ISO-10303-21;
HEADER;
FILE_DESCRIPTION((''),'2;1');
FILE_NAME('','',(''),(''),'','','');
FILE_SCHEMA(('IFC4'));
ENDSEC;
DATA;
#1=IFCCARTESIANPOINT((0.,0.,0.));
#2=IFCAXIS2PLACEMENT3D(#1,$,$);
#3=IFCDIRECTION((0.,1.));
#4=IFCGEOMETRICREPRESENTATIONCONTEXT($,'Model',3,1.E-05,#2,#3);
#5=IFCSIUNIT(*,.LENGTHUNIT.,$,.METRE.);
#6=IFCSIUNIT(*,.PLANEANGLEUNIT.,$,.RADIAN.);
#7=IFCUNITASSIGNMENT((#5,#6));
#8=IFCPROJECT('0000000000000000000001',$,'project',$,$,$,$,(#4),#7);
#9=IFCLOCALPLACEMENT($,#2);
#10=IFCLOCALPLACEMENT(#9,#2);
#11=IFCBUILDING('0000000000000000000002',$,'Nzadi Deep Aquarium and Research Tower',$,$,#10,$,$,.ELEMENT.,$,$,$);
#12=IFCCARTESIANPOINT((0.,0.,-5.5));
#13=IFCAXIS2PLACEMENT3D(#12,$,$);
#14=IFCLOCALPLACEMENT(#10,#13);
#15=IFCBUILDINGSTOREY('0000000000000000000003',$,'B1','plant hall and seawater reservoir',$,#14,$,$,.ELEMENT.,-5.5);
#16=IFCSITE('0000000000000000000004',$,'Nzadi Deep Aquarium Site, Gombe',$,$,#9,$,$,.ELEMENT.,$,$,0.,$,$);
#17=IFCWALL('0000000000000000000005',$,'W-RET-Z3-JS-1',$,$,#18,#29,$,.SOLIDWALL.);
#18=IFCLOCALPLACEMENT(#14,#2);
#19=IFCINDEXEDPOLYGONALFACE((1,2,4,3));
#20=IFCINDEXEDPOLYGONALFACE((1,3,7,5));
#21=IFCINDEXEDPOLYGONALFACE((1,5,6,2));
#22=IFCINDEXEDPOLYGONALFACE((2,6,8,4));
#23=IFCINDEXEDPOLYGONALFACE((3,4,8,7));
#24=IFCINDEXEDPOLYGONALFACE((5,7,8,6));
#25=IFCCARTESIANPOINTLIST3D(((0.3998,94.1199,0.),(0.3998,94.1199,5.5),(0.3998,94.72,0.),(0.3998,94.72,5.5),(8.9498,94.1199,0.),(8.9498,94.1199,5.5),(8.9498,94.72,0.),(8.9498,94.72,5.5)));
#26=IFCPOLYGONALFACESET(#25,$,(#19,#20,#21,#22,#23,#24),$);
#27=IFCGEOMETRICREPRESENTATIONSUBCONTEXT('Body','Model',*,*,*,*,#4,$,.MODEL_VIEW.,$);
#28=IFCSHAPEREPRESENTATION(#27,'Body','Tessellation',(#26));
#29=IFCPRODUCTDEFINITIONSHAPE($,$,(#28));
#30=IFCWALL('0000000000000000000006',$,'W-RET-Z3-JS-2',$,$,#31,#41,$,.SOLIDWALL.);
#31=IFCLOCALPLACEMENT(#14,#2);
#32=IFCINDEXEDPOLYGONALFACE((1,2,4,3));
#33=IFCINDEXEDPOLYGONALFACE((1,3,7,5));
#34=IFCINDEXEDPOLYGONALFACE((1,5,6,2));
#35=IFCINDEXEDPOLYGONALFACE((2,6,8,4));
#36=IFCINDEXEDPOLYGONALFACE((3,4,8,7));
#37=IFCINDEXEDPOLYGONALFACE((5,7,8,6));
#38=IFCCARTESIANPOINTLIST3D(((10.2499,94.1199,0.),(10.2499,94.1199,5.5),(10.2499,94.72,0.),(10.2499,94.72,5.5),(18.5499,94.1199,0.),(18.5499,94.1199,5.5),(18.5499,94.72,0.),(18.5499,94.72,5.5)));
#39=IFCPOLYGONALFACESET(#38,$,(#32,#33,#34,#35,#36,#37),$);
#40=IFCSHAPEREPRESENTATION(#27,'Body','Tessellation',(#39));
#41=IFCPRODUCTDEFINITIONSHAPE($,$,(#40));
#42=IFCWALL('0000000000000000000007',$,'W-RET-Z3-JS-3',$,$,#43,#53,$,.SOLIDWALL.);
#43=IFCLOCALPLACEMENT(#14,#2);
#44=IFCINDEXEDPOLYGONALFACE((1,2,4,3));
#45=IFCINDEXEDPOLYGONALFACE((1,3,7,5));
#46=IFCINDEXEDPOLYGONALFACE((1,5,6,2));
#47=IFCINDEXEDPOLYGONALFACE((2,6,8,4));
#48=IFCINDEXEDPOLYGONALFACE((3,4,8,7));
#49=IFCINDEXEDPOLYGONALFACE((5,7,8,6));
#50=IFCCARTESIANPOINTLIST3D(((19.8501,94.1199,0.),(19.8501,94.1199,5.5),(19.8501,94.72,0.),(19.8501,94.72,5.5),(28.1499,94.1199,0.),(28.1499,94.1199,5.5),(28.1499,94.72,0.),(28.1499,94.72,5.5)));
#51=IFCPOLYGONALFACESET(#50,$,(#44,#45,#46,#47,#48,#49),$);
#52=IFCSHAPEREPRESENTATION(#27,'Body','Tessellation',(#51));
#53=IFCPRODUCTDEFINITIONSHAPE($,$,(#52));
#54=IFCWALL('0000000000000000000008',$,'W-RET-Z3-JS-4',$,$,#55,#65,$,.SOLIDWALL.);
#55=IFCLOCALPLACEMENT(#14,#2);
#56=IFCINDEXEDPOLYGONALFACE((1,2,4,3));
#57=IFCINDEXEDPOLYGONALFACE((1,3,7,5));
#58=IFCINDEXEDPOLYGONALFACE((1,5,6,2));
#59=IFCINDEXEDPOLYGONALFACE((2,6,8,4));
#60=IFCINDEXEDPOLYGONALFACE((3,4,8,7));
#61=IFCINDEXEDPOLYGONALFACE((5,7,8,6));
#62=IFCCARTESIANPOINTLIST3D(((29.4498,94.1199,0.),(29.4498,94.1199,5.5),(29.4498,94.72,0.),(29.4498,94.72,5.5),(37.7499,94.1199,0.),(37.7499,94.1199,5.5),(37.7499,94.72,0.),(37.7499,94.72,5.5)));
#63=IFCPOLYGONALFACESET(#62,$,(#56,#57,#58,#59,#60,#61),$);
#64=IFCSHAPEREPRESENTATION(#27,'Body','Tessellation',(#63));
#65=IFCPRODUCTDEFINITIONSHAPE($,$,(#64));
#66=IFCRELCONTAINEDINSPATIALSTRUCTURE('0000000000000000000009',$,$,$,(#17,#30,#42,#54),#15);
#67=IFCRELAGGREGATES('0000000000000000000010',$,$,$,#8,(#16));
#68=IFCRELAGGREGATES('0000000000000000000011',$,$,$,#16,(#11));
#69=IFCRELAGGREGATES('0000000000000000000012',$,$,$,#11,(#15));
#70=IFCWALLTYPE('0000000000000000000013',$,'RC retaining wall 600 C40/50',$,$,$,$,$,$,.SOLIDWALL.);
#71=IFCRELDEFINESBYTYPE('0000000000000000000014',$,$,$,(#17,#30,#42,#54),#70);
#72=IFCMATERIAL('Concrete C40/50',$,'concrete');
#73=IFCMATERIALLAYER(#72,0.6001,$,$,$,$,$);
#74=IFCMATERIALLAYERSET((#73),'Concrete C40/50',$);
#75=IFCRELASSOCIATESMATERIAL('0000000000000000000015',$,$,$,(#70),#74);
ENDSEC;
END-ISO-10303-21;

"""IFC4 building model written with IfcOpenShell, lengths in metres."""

from ifc_helpers import new_model, si_unit, direction, frame, frame_2d, origin, place, context, subcontext, project, spatial, rectangle, extrude, material, layer, layer_set, type_object, element, save


model = new_model("IFC4")

# Units and contexts
model_context = context("Model", 3, precision=1e-05, world=origin(), true_north=direction((0.0, 1.0)))
body_context = subcontext(model_context, "Body", "Model", "MODEL_VIEW")
ifc_project = project(units=[si_unit("LENGTHUNIT", "METRE"), si_unit("PLANEANGLEUNIT", "RADIAN")], contexts=[model_context])

# Site, building, storey
site_placement = place(None, origin())
site = spatial("IfcSite", under=ifc_project, at=site_placement, Name="Nzadi Deep Aquarium Site, Gombe", CompositionType="ELEMENT", RefElevation=0.0)
building_placement = place(site_placement, origin())
building = spatial("IfcBuilding", under=site, at=building_placement, Name="Nzadi Deep Aquarium and Research Tower", CompositionType="ELEMENT")
storey_placement = place(building_placement, frame((0.0, 0.0, -5.5)))
storey = spatial("IfcBuildingStorey", under=building, at=storey_placement, Name="B1", Description="plant hall and seawater reservoir", CompositionType="ELEMENT", Elevation=-5.5)

# Walls
ifc_material_1 = material(Name="Concrete C40/50", Category="concrete")
ifc_layer_1 = layer(ifc_material_1, 0.6001)
ifc_layer_set_1 = layer_set([ifc_layer_1], Name="Concrete C40/50")
wall_type_1 = type_object("IfcWallType", Name="RC retaining wall 600 C40/50", PredefinedType="SOLIDWALL", material=ifc_layer_set_1)
wall_1_placement = place(storey_placement, frame((0.3999, 94.4199, 0.0), z_axis=(0.0, 0.0, 1.0), x_axis=(1.0, 0.0, 0.0)))
element("IfcWall", 1, at=wall_1_placement, inside=storey, type_object=wall_type_1, Name="W-RET-Z3-JS-1", PredefinedType="SOLIDWALL", context=body_context, shape_type="SweptSolid", body=[
    extrude(rectangle(XDim=8.55, YDim=0.6001, at=frame_2d((4.2749, 0.0))), origin(), (0.0, 0.0, 1.0), 5.5),
])
wall_2_placement = place(storey_placement, frame((10.25, 94.4199, 0.0), z_axis=(0.0, 0.0, 1.0), x_axis=(1.0, 0.0, 0.0)))
element("IfcWall", 2, at=wall_2_placement, inside=storey, type_object=wall_type_1, Name="W-RET-Z3-JS-2", PredefinedType="SOLIDWALL", context=body_context, shape_type="SweptSolid", body=[
    extrude(rectangle(XDim=8.3, YDim=0.6001, at=frame_2d((4.1499, 0.0))), origin(), (0.0, 0.0, 1.0), 5.5),
])
wall_3_placement = place(storey_placement, frame((19.8501, 94.4199, 0.0), z_axis=(0.0, 0.0, 1.0), x_axis=(1.0, 0.0, 0.0)))
element("IfcWall", 3, at=wall_3_placement, inside=storey, type_object=wall_type_1, Name="W-RET-Z3-JS-3", PredefinedType="SOLIDWALL", context=body_context, shape_type="SweptSolid", body=[
    extrude(rectangle(XDim=8.2998, YDim=0.6001, at=frame_2d((4.1499, 0.0))), origin(), (0.0, 0.0, 1.0), 5.5),
])
wall_4_placement = place(storey_placement, frame((29.45, 94.4199, 0.0), z_axis=(0.0, 0.0, 1.0), x_axis=(1.0, 0.0, 0.0)))
element("IfcWall", 4, at=wall_4_placement, inside=storey, type_object=wall_type_1, Name="W-RET-Z3-JS-4", PredefinedType="SOLIDWALL", context=body_context, shape_type="SweptSolid", body=[
    extrude(rectangle(XDim=8.3, YDim=0.6001, at=frame_2d((4.1499, 0.0))), origin(), (0.0, 0.0, 1.0), 5.5),
])

save(model, "model.ifc")
